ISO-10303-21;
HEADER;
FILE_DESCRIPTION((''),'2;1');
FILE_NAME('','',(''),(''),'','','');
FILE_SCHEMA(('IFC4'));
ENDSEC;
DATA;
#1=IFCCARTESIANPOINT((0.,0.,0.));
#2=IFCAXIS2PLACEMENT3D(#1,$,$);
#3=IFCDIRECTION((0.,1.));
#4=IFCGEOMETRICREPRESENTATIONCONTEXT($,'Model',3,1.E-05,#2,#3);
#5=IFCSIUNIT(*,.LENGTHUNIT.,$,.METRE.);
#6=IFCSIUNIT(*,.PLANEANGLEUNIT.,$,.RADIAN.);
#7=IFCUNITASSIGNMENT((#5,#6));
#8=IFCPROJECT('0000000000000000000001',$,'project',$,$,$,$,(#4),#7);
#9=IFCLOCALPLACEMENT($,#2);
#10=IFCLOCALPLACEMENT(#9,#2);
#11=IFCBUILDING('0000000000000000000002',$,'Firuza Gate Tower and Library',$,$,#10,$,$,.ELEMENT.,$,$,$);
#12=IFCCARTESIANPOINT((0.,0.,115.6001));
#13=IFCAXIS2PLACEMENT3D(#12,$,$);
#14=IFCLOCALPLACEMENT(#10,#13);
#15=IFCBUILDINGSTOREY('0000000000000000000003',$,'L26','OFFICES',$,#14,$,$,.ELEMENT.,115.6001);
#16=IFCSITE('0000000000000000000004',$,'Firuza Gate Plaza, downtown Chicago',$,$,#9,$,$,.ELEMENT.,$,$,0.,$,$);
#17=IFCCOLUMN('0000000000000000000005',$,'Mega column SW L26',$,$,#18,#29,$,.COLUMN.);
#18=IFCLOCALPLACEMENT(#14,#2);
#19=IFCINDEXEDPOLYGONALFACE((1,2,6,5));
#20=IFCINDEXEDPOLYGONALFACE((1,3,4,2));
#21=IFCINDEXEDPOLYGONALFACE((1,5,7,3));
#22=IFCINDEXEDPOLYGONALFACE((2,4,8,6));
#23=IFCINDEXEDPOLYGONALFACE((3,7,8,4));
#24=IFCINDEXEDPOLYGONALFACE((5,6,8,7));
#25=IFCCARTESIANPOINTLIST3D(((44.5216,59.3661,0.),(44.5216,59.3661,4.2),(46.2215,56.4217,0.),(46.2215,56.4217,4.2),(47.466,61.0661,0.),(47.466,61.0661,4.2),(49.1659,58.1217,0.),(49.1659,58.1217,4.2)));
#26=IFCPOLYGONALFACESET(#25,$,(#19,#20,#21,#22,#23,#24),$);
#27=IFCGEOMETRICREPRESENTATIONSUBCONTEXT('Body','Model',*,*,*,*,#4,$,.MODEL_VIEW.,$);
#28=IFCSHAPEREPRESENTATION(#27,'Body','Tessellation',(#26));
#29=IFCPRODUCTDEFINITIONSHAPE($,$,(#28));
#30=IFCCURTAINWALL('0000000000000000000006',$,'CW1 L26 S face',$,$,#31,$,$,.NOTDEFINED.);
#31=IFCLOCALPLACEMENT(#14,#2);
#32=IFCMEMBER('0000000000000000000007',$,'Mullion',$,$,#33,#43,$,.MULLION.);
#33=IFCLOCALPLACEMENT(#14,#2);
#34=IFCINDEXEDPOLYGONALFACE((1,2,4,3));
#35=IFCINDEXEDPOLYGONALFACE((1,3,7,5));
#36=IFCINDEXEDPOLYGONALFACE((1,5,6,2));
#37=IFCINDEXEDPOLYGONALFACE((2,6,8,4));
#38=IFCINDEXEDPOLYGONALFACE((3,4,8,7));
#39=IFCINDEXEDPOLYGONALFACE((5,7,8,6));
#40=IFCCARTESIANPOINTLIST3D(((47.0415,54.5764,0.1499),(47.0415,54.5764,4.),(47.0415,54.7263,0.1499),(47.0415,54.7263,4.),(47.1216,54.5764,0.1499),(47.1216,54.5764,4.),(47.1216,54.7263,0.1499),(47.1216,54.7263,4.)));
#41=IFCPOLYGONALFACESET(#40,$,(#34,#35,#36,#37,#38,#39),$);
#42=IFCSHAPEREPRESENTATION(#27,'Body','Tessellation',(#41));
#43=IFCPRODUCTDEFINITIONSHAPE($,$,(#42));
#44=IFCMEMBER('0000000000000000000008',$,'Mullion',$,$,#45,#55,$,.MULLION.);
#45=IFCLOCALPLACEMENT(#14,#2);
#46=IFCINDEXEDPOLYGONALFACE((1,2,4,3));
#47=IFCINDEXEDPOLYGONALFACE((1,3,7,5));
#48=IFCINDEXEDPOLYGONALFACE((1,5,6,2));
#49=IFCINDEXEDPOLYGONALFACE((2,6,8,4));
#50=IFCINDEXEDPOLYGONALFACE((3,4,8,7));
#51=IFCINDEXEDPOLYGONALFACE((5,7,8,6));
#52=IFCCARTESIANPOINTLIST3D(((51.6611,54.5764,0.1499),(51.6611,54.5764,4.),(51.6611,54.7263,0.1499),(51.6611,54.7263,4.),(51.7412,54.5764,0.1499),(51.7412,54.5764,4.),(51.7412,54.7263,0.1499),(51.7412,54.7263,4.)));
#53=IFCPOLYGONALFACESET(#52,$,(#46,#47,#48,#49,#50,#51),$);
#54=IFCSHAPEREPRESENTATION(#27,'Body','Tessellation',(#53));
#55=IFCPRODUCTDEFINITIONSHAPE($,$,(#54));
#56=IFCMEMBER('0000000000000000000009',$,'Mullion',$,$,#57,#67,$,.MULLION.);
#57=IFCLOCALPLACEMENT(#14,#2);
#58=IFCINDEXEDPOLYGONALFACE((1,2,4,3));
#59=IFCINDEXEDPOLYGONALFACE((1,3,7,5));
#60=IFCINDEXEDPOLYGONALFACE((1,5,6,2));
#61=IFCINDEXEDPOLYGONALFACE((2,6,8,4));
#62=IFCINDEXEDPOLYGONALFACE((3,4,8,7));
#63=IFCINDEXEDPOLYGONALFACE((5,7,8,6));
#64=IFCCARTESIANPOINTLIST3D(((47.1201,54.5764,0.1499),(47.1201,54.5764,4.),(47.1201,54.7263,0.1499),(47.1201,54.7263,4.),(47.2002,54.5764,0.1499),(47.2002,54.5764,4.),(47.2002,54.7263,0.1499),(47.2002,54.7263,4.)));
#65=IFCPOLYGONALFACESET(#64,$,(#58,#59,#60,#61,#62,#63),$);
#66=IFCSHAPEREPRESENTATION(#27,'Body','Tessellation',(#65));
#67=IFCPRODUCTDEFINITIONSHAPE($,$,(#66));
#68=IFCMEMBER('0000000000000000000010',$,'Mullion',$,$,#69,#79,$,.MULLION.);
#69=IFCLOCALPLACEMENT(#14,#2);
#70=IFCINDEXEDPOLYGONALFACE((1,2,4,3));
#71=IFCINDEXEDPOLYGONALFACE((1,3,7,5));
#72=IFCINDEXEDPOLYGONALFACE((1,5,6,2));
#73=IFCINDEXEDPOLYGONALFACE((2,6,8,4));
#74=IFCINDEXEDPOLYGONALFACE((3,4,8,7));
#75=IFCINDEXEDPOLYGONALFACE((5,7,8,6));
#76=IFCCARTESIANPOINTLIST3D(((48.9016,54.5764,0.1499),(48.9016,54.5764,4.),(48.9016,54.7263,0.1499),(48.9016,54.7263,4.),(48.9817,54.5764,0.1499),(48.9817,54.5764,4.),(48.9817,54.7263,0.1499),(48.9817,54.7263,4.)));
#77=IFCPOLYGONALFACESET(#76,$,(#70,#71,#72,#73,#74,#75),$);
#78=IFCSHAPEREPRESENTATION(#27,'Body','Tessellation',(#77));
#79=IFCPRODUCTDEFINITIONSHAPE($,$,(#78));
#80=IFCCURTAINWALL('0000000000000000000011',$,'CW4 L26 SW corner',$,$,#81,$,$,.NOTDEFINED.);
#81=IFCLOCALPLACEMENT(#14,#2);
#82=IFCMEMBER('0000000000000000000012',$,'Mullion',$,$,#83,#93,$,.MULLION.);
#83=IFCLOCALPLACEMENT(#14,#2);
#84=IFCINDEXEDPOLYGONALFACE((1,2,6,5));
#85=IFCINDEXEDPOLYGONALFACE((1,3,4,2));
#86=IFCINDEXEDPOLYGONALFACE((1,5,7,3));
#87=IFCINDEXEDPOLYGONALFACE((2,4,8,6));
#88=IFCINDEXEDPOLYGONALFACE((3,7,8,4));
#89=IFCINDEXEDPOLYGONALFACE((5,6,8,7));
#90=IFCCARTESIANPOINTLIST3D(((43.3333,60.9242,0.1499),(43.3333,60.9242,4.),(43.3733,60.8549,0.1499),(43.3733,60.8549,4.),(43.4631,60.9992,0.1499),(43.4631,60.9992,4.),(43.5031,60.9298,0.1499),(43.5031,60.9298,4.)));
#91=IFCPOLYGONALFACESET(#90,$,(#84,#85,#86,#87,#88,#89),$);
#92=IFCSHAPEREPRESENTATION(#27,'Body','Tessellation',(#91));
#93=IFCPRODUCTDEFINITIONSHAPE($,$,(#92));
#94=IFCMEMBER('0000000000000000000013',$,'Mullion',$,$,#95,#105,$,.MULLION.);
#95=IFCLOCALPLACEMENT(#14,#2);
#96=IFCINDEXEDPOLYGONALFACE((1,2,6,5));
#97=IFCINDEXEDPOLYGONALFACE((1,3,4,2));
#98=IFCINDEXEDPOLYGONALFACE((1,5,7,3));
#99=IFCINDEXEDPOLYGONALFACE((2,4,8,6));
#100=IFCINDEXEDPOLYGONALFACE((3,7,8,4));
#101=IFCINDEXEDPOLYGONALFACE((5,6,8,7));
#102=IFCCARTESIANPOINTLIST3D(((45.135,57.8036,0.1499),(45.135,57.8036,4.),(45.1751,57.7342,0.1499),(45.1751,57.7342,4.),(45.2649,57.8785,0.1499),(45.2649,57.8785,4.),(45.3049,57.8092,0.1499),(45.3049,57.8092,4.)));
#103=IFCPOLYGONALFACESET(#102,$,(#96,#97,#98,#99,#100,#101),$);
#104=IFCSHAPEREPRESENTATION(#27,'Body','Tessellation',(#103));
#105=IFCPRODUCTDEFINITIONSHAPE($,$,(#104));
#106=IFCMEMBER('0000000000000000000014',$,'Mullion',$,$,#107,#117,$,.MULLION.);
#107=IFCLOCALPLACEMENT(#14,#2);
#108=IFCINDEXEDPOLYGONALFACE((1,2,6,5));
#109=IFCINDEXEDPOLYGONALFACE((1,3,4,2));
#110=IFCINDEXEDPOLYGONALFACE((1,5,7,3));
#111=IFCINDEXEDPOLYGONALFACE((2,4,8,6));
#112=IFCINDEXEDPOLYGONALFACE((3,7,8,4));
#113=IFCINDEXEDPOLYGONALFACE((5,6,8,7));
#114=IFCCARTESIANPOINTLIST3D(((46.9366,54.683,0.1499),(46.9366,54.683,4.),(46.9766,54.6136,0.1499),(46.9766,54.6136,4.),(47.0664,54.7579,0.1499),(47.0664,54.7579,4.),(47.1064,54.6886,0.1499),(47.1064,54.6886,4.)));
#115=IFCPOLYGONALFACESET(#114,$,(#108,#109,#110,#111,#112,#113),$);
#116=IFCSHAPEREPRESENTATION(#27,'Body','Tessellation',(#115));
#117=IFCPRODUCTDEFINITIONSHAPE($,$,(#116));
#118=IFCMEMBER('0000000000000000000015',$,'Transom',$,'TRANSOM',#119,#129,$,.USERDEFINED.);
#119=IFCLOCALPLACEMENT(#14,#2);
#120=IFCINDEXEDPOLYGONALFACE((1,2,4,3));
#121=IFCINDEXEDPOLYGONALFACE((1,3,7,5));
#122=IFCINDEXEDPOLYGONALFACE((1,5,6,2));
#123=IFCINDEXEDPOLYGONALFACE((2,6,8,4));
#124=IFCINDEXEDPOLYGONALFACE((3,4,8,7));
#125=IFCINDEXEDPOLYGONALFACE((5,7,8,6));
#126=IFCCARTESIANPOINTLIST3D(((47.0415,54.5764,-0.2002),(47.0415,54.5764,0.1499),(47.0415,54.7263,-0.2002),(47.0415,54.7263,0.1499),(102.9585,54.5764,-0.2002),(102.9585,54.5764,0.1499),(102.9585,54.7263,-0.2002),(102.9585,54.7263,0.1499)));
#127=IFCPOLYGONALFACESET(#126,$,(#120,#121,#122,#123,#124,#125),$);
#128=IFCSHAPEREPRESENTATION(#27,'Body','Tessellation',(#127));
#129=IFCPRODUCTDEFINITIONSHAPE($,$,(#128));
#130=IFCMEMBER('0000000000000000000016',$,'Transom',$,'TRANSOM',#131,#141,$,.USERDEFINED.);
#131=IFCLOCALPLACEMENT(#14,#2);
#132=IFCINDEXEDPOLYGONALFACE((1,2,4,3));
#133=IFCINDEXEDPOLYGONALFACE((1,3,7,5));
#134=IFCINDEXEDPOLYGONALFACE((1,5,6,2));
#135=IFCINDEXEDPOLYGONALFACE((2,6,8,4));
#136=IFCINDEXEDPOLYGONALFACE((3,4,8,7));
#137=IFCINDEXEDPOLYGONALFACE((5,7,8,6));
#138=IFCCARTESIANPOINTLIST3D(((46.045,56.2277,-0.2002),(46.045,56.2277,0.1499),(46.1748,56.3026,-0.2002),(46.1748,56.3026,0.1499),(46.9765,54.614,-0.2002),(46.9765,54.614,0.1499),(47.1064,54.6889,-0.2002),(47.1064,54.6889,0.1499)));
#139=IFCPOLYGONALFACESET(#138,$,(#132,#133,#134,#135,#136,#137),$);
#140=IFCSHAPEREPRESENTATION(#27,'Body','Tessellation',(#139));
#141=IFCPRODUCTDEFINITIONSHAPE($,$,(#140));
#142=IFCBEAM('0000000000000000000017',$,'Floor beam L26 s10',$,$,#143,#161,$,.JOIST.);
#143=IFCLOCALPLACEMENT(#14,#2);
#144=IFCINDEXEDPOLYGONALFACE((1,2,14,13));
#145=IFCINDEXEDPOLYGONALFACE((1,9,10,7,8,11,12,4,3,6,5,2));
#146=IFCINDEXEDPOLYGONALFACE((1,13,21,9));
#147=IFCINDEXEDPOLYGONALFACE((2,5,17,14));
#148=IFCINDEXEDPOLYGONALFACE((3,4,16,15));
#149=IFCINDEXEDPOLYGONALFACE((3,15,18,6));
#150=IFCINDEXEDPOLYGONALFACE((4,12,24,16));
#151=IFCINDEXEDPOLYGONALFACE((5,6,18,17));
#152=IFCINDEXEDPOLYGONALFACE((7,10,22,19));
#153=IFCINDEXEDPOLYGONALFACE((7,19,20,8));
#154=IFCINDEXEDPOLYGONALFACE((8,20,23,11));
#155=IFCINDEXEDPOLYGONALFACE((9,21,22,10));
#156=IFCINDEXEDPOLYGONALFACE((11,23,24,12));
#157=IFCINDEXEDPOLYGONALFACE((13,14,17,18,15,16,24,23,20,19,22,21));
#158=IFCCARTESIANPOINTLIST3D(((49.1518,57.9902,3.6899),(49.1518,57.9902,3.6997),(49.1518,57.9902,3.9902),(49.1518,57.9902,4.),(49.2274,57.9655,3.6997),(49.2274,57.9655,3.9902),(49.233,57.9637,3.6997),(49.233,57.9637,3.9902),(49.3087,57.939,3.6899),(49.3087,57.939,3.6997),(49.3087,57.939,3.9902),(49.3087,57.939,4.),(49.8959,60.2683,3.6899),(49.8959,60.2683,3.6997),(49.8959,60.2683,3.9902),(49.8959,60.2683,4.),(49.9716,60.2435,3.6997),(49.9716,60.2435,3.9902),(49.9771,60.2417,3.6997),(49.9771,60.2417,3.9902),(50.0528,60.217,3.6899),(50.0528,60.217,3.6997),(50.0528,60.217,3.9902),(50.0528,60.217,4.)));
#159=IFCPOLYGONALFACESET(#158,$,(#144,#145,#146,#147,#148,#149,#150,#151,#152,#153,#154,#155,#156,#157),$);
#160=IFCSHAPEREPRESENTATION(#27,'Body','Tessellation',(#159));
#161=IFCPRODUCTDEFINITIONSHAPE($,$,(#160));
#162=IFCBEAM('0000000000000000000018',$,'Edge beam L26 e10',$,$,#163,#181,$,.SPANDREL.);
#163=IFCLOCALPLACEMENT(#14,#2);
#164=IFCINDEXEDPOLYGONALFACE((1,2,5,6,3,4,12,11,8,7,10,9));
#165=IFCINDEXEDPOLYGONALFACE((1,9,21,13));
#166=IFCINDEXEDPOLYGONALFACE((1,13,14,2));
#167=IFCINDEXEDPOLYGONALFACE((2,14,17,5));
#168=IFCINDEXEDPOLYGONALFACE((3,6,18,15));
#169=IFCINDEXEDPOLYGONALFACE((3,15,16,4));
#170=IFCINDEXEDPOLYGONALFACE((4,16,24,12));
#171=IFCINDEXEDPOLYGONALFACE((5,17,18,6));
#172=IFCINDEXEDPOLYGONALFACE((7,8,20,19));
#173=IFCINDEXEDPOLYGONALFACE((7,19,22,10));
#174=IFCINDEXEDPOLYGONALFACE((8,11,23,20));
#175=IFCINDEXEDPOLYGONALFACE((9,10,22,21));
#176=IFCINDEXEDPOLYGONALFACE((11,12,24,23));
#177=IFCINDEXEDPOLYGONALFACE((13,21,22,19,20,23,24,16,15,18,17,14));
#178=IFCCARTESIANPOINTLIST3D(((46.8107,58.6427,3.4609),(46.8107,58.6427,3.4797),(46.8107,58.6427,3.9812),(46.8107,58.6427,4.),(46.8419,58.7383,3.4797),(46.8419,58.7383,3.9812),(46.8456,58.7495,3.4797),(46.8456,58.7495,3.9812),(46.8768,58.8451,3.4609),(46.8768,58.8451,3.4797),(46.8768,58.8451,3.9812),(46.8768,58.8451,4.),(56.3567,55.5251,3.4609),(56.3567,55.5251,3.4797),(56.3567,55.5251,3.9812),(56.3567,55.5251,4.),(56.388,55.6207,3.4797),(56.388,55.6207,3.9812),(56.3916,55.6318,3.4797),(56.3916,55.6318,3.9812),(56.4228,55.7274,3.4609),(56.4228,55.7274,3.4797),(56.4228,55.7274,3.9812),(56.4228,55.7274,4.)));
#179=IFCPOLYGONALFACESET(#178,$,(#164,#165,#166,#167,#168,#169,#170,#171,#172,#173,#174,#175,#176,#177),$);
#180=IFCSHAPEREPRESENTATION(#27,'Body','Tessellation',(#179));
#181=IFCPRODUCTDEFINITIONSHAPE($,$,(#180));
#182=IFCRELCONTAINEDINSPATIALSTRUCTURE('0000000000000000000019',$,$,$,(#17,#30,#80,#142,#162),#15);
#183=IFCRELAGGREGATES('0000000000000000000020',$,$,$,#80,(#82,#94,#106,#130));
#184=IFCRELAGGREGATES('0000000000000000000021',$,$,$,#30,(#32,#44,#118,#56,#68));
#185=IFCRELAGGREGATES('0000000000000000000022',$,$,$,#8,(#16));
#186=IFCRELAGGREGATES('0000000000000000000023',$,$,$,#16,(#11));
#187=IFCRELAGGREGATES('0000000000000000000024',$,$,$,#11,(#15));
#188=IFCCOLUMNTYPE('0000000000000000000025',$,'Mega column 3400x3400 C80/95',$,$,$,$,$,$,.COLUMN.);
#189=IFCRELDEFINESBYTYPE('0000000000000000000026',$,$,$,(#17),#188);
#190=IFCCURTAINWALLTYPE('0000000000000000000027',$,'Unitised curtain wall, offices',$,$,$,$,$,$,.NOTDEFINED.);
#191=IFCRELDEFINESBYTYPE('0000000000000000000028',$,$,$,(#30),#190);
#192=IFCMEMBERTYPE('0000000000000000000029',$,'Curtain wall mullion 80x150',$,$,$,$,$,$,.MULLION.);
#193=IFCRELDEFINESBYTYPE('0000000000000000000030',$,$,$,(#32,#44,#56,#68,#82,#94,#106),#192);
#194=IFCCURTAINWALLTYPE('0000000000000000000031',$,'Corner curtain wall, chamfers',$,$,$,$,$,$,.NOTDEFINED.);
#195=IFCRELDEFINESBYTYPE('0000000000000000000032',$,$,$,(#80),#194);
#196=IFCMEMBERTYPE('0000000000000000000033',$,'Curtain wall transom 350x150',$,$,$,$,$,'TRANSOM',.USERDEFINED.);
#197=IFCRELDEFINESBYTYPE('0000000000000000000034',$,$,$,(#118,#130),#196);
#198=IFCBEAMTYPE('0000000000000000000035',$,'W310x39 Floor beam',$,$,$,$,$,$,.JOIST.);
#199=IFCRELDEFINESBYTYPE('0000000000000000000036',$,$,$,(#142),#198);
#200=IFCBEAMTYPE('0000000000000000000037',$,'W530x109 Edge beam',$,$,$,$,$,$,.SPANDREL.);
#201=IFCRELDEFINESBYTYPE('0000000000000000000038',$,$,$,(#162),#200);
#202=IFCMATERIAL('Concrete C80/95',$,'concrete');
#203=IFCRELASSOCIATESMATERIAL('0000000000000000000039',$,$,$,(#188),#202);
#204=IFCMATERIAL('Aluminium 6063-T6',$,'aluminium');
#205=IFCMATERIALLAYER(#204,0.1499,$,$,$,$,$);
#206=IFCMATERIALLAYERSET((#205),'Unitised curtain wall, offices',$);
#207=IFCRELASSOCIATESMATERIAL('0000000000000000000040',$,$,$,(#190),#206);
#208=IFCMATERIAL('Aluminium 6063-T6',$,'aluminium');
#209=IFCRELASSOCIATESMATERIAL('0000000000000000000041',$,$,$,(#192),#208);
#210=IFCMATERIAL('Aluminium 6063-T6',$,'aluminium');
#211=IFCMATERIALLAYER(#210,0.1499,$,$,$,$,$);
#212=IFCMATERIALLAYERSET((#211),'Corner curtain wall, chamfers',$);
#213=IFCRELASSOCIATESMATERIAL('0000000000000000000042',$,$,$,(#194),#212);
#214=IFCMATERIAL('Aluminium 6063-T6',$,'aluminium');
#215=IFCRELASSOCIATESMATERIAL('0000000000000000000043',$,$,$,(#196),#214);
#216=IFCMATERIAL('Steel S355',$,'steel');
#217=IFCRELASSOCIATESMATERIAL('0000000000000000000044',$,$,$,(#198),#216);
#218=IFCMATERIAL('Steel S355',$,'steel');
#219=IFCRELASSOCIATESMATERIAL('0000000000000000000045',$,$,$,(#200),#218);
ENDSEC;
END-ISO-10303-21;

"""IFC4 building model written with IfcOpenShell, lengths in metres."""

from ifc_helpers import new_model, si_unit, direction, frame, origin, origin_2d, place, context, subcontext, project, spatial, rectangle, i_section, extrude, material, layer, layer_set, material_profile, profile_set, type_object, element, aggregate, save


model = new_model("IFC4")

# Units and contexts
model_context = context("Model", 3, precision=1e-05, world=origin(), true_north=direction((0.0, 1.0)))
body_context = subcontext(model_context, "Body", "Model", "MODEL_VIEW")
ifc_project = project(units=[si_unit("LENGTHUNIT", "METRE"), si_unit("PLANEANGLEUNIT", "RADIAN")], contexts=[model_context])

# Site, building, storey
site_placement = place(None, origin())
site = spatial("IfcSite", under=ifc_project, at=site_placement, Name="Firuza Gate Plaza, downtown Chicago", CompositionType="ELEMENT", RefElevation=0.0)
building_placement = place(site_placement, origin())
building = spatial("IfcBuilding", under=site, at=building_placement, Name="Firuza Gate Tower and Library", CompositionType="ELEMENT")
storey_placement = place(building_placement, frame((0.0, 0.0, 115.6001)))
storey = spatial("IfcBuildingStorey", under=building, at=storey_placement, Name="L26", Description="OFFICES", CompositionType="ELEMENT", Elevation=115.6001)

# Column
ifc_material_1 = material(Name="Concrete C80/95", Category="concrete")
ifc_material_profile_1 = material_profile(ifc_material_1, rectangle(XDim=3.3999, YDim=3.3999, at=origin_2d()))
ifc_profile_set_1 = profile_set([ifc_material_profile_1], Name="Concrete C80/95")
column_type = type_object("IfcColumnType", Name="Mega column 3400x3400 C80/95", PredefinedType="COLUMN", material=ifc_profile_set_1)
column_placement = place(storey_placement, frame((46.8438, 58.7439, 0.0), z_axis=(0.0, 0.0, 1.0), x_axis=(0.5, -0.866025, 0.0)))
element("IfcColumn", 1, at=column_placement, inside=storey, type_object=column_type, Name="Mega column SW L26", PredefinedType="COLUMN", context=body_context, shape_type="SweptSolid", body=[
    extrude(rectangle(XDim=3.3999, YDim=3.3999, at=origin_2d()), origin(), (0.0, 0.0, 1.0), 4.2),
])

# Curtain walls, members
ifc_material_2 = material(Name="Aluminium 6063-T6", Category="aluminium")
ifc_layer_1 = layer(ifc_material_2, 0.1499)
ifc_layer_set_1 = layer_set([ifc_layer_1], Name="Unitised curtain wall, offices")
curtain_wall_type_1 = type_object("IfcCurtainWallType", Name="Unitised curtain wall, offices", PredefinedType="NOTDEFINED", material=ifc_layer_set_1)
placement_1 = place(storey_placement, origin())
curtain_wall_1 = element("IfcCurtainWall", 2, at=placement_1, inside=storey, type_object=curtain_wall_type_1, Name="CW1 L26 S face", PredefinedType="NOTDEFINED")
ifc_material_3 = material(Name="Aluminium 6063-T6", Category="aluminium")
ifc_material_profile_2 = material_profile(ifc_material_3, rectangle(XDim=0.1499, YDim=0.0801, at=origin_2d()))
ifc_profile_set_2 = profile_set([ifc_material_profile_2], Name="Aluminium 6063-T6")
member_type_1 = type_object("IfcMemberType", Name="Curtain wall mullion 80x150", PredefinedType="MULLION", material=ifc_profile_set_2)
member_1_placement = place(storey_placement, frame((47.0815, 54.6514, 0.1499), z_axis=(0.0, 0.0, 1.0), x_axis=(0.0, 1.0, 0.0)))
member_1 = element("IfcMember", 3, at=member_1_placement, type_object=member_type_1, Name="Mullion", PredefinedType="MULLION", context=body_context, shape_type="SweptSolid", body=[
    extrude(rectangle(XDim=0.1499, YDim=0.0801, at=origin_2d()), origin(), (0.0, 0.0, 1.0), 3.8501),
])
member_2_placement = place(storey_placement, frame((51.7012, 54.6514, 0.1499), z_axis=(0.0, 0.0, 1.0), x_axis=(0.0, 1.0, 0.0)))
member_2 = element("IfcMember", 4, at=member_2_placement, type_object=member_type_1, Name="Mullion", PredefinedType="MULLION", context=body_context, shape_type="SweptSolid", body=[
    extrude(rectangle(XDim=0.1499, YDim=0.0801, at=origin_2d()), origin(), (0.0, 0.0, 1.0), 3.8501),
])
member_3_placement = place(storey_placement, frame((47.1602, 54.6514, 0.1499), z_axis=(0.0, 0.0, 1.0), x_axis=(0.0, 1.0, 0.0)))
member_3 = element("IfcMember", 5, at=member_3_placement, type_object=member_type_1, Name="Mullion", PredefinedType="MULLION", context=body_context, shape_type="SweptSolid", body=[
    extrude(rectangle(XDim=0.1499, YDim=0.0801, at=origin_2d()), origin(), (0.0, 0.0, 1.0), 3.8501),
])
member_4_placement = place(storey_placement, frame((48.9417, 54.6514, 0.1499), z_axis=(0.0, 0.0, 1.0), x_axis=(0.0, 1.0, 0.0)))
member_4 = element("IfcMember", 6, at=member_4_placement, type_object=member_type_1, Name="Mullion", PredefinedType="MULLION", context=body_context, shape_type="SweptSolid", body=[
    extrude(rectangle(XDim=0.1499, YDim=0.0801, at=origin_2d()), origin(), (0.0, 0.0, 1.0), 3.8501),
])
ifc_material_4 = material(Name="Aluminium 6063-T6", Category="aluminium")
ifc_layer_2 = layer(ifc_material_4, 0.1499)
ifc_layer_set_2 = layer_set([ifc_layer_2], Name="Corner curtain wall, chamfers")
curtain_wall_type_2 = type_object("IfcCurtainWallType", Name="Corner curtain wall, chamfers", PredefinedType="NOTDEFINED", material=ifc_layer_set_2)
curtain_wall_2 = element("IfcCurtainWall", 7, at=placement_1, inside=storey, type_object=curtain_wall_type_2, Name="CW4 L26 SW corner", PredefinedType="NOTDEFINED")
member_5_placement = place(storey_placement, frame((43.4182, 60.927, 0.1499), z_axis=(0.0, 0.0, 1.0), x_axis=(0.866025, 0.5, 0.0)))
member_5 = element("IfcMember", 8, at=member_5_placement, type_object=member_type_1, Name="Mullion", PredefinedType="MULLION", context=body_context, shape_type="SweptSolid", body=[
    extrude(rectangle(XDim=0.1499, YDim=0.0801, at=origin_2d()), origin(), (0.0, 0.0, 1.0), 3.8501),
])
member_6_placement = place(storey_placement, frame((45.22, 57.8064, 0.1499), z_axis=(0.0, 0.0, 1.0), x_axis=(0.866025, 0.5, 0.0)))
member_6 = element("IfcMember", 9, at=member_6_placement, type_object=member_type_1, Name="Mullion", PredefinedType="MULLION", context=body_context, shape_type="SweptSolid", body=[
    extrude(rectangle(XDim=0.1499, YDim=0.0801, at=origin_2d()), origin(), (0.0, 0.0, 1.0), 3.8501),
])
member_7_placement = place(storey_placement, frame((47.0215, 54.6858, 0.1499), z_axis=(0.0, 0.0, 1.0), x_axis=(0.866025, 0.5, 0.0)))
member_7 = element("IfcMember", 10, at=member_7_placement, type_object=member_type_1, Name="Mullion", PredefinedType="MULLION", context=body_context, shape_type="SweptSolid", body=[
    extrude(rectangle(XDim=0.1499, YDim=0.0801, at=origin_2d()), origin(), (0.0, 0.0, 1.0), 3.8501),
])

# Members
ifc_material_5 = material(Name="Aluminium 6063-T6", Category="aluminium")
ifc_material_profile_3 = material_profile(ifc_material_5, rectangle(XDim=0.1499, YDim=0.3501, at=origin_2d()))
ifc_profile_set_3 = profile_set([ifc_material_profile_3], Name="Aluminium 6063-T6")
member_type_2 = type_object("IfcMemberType", Name="Curtain wall transom 350x150", ElementType="TRANSOM", PredefinedType="USERDEFINED", material=ifc_profile_set_3)
member_8_placement = place(storey_placement, frame((47.0415, 54.6514, -0.0251), z_axis=(1.0, 0.0, 0.0), x_axis=(0.0, 1.0, 0.0)))
member_8 = element("IfcMember", 11, at=member_8_placement, type_object=member_type_2, Name="Transom", ObjectType="TRANSOM", PredefinedType="USERDEFINED", context=body_context, shape_type="SweptSolid", body=[
    extrude(rectangle(XDim=0.1499, YDim=0.3501, at=origin_2d()), origin(), (0.0, 0.0, 1.0), 55.917),
])
member_9_placement = place(storey_placement, frame((46.1099, 56.2651, -0.0251), z_axis=(0.499972, -0.866042, 0.0), x_axis=(0.866042, 0.499972, 0.0)))
member_9 = element("IfcMember", 12, at=member_9_placement, type_object=member_type_2, Name="Transom", ObjectType="TRANSOM", PredefinedType="USERDEFINED", context=body_context, shape_type="SweptSolid", body=[
    extrude(rectangle(XDim=0.1499, YDim=0.3501, at=origin_2d()), origin(), (0.0, 0.0, 1.0), 1.8633),
])

# Beams
ifc_material_6 = material(Name="Steel S355", Category="steel")
ifc_material_profile_4 = material_profile(ifc_material_6, i_section(OverallWidth=0.165, OverallDepth=0.3101, WebThickness=0.0059, FlangeThickness=0.0098, at=origin_2d()))
ifc_profile_set_4 = profile_set([ifc_material_profile_4], Name="Steel S355")
beam_type_1 = type_object("IfcBeamType", Name="W310x39 Floor beam", PredefinedType="JOIST", material=ifc_profile_set_4)
beam_1_placement = place(storey_placement, frame((49.2302, 57.9646, 3.845), z_axis=(0.310507, 0.950571, 0.0), x_axis=(-0.950571, 0.310507, 0.0)))
element("IfcBeam", 13, at=beam_1_placement, inside=storey, type_object=beam_type_1, Name="Floor beam L26 s10", PredefinedType="JOIST", context=body_context, shape_type="SweptSolid", body=[
    extrude(i_section(OverallWidth=0.165, OverallDepth=0.3101, WebThickness=0.0059, FlangeThickness=0.0098, at=origin_2d()), origin(), (0.0, 0.0, 1.0), 2.3965),
])
ifc_material_7 = material(Name="Steel S355", Category="steel")
ifc_material_profile_5 = material_profile(ifc_material_7, i_section(OverallWidth=0.2129, OverallDepth=0.5391, WebThickness=0.0117, FlangeThickness=0.0188, at=origin_2d()))
ifc_profile_set_5 = profile_set([ifc_material_profile_5], Name="Steel S355")
beam_type_2 = type_object("IfcBeamType", Name="W530x109 Edge beam", PredefinedType="SPANDREL", material=ifc_profile_set_5)
beam_2_placement = place(storey_placement, frame((46.8438, 58.7439, 3.7305), z_axis=(0.950589, -0.310453, 0.0), x_axis=(0.310453, 0.950589, 0.0)))
element("IfcBeam", 14, at=beam_2_placement, inside=storey, type_object=beam_type_2, Name="Edge beam L26 e10", PredefinedType="SPANDREL", context=body_context, shape_type="SweptSolid", body=[
    extrude(i_section(OverallWidth=0.2129, OverallDepth=0.5391, WebThickness=0.0117, FlangeThickness=0.0188, at=origin_2d()), origin(), (0.0, 0.0, 1.0), 10.0422),
])

aggregate(curtain_wall_2, [member_5, member_6, member_7, member_9])
aggregate(curtain_wall_1, [member_1, member_2, member_8, member_3, member_4])

save(model, "model.ifc")
